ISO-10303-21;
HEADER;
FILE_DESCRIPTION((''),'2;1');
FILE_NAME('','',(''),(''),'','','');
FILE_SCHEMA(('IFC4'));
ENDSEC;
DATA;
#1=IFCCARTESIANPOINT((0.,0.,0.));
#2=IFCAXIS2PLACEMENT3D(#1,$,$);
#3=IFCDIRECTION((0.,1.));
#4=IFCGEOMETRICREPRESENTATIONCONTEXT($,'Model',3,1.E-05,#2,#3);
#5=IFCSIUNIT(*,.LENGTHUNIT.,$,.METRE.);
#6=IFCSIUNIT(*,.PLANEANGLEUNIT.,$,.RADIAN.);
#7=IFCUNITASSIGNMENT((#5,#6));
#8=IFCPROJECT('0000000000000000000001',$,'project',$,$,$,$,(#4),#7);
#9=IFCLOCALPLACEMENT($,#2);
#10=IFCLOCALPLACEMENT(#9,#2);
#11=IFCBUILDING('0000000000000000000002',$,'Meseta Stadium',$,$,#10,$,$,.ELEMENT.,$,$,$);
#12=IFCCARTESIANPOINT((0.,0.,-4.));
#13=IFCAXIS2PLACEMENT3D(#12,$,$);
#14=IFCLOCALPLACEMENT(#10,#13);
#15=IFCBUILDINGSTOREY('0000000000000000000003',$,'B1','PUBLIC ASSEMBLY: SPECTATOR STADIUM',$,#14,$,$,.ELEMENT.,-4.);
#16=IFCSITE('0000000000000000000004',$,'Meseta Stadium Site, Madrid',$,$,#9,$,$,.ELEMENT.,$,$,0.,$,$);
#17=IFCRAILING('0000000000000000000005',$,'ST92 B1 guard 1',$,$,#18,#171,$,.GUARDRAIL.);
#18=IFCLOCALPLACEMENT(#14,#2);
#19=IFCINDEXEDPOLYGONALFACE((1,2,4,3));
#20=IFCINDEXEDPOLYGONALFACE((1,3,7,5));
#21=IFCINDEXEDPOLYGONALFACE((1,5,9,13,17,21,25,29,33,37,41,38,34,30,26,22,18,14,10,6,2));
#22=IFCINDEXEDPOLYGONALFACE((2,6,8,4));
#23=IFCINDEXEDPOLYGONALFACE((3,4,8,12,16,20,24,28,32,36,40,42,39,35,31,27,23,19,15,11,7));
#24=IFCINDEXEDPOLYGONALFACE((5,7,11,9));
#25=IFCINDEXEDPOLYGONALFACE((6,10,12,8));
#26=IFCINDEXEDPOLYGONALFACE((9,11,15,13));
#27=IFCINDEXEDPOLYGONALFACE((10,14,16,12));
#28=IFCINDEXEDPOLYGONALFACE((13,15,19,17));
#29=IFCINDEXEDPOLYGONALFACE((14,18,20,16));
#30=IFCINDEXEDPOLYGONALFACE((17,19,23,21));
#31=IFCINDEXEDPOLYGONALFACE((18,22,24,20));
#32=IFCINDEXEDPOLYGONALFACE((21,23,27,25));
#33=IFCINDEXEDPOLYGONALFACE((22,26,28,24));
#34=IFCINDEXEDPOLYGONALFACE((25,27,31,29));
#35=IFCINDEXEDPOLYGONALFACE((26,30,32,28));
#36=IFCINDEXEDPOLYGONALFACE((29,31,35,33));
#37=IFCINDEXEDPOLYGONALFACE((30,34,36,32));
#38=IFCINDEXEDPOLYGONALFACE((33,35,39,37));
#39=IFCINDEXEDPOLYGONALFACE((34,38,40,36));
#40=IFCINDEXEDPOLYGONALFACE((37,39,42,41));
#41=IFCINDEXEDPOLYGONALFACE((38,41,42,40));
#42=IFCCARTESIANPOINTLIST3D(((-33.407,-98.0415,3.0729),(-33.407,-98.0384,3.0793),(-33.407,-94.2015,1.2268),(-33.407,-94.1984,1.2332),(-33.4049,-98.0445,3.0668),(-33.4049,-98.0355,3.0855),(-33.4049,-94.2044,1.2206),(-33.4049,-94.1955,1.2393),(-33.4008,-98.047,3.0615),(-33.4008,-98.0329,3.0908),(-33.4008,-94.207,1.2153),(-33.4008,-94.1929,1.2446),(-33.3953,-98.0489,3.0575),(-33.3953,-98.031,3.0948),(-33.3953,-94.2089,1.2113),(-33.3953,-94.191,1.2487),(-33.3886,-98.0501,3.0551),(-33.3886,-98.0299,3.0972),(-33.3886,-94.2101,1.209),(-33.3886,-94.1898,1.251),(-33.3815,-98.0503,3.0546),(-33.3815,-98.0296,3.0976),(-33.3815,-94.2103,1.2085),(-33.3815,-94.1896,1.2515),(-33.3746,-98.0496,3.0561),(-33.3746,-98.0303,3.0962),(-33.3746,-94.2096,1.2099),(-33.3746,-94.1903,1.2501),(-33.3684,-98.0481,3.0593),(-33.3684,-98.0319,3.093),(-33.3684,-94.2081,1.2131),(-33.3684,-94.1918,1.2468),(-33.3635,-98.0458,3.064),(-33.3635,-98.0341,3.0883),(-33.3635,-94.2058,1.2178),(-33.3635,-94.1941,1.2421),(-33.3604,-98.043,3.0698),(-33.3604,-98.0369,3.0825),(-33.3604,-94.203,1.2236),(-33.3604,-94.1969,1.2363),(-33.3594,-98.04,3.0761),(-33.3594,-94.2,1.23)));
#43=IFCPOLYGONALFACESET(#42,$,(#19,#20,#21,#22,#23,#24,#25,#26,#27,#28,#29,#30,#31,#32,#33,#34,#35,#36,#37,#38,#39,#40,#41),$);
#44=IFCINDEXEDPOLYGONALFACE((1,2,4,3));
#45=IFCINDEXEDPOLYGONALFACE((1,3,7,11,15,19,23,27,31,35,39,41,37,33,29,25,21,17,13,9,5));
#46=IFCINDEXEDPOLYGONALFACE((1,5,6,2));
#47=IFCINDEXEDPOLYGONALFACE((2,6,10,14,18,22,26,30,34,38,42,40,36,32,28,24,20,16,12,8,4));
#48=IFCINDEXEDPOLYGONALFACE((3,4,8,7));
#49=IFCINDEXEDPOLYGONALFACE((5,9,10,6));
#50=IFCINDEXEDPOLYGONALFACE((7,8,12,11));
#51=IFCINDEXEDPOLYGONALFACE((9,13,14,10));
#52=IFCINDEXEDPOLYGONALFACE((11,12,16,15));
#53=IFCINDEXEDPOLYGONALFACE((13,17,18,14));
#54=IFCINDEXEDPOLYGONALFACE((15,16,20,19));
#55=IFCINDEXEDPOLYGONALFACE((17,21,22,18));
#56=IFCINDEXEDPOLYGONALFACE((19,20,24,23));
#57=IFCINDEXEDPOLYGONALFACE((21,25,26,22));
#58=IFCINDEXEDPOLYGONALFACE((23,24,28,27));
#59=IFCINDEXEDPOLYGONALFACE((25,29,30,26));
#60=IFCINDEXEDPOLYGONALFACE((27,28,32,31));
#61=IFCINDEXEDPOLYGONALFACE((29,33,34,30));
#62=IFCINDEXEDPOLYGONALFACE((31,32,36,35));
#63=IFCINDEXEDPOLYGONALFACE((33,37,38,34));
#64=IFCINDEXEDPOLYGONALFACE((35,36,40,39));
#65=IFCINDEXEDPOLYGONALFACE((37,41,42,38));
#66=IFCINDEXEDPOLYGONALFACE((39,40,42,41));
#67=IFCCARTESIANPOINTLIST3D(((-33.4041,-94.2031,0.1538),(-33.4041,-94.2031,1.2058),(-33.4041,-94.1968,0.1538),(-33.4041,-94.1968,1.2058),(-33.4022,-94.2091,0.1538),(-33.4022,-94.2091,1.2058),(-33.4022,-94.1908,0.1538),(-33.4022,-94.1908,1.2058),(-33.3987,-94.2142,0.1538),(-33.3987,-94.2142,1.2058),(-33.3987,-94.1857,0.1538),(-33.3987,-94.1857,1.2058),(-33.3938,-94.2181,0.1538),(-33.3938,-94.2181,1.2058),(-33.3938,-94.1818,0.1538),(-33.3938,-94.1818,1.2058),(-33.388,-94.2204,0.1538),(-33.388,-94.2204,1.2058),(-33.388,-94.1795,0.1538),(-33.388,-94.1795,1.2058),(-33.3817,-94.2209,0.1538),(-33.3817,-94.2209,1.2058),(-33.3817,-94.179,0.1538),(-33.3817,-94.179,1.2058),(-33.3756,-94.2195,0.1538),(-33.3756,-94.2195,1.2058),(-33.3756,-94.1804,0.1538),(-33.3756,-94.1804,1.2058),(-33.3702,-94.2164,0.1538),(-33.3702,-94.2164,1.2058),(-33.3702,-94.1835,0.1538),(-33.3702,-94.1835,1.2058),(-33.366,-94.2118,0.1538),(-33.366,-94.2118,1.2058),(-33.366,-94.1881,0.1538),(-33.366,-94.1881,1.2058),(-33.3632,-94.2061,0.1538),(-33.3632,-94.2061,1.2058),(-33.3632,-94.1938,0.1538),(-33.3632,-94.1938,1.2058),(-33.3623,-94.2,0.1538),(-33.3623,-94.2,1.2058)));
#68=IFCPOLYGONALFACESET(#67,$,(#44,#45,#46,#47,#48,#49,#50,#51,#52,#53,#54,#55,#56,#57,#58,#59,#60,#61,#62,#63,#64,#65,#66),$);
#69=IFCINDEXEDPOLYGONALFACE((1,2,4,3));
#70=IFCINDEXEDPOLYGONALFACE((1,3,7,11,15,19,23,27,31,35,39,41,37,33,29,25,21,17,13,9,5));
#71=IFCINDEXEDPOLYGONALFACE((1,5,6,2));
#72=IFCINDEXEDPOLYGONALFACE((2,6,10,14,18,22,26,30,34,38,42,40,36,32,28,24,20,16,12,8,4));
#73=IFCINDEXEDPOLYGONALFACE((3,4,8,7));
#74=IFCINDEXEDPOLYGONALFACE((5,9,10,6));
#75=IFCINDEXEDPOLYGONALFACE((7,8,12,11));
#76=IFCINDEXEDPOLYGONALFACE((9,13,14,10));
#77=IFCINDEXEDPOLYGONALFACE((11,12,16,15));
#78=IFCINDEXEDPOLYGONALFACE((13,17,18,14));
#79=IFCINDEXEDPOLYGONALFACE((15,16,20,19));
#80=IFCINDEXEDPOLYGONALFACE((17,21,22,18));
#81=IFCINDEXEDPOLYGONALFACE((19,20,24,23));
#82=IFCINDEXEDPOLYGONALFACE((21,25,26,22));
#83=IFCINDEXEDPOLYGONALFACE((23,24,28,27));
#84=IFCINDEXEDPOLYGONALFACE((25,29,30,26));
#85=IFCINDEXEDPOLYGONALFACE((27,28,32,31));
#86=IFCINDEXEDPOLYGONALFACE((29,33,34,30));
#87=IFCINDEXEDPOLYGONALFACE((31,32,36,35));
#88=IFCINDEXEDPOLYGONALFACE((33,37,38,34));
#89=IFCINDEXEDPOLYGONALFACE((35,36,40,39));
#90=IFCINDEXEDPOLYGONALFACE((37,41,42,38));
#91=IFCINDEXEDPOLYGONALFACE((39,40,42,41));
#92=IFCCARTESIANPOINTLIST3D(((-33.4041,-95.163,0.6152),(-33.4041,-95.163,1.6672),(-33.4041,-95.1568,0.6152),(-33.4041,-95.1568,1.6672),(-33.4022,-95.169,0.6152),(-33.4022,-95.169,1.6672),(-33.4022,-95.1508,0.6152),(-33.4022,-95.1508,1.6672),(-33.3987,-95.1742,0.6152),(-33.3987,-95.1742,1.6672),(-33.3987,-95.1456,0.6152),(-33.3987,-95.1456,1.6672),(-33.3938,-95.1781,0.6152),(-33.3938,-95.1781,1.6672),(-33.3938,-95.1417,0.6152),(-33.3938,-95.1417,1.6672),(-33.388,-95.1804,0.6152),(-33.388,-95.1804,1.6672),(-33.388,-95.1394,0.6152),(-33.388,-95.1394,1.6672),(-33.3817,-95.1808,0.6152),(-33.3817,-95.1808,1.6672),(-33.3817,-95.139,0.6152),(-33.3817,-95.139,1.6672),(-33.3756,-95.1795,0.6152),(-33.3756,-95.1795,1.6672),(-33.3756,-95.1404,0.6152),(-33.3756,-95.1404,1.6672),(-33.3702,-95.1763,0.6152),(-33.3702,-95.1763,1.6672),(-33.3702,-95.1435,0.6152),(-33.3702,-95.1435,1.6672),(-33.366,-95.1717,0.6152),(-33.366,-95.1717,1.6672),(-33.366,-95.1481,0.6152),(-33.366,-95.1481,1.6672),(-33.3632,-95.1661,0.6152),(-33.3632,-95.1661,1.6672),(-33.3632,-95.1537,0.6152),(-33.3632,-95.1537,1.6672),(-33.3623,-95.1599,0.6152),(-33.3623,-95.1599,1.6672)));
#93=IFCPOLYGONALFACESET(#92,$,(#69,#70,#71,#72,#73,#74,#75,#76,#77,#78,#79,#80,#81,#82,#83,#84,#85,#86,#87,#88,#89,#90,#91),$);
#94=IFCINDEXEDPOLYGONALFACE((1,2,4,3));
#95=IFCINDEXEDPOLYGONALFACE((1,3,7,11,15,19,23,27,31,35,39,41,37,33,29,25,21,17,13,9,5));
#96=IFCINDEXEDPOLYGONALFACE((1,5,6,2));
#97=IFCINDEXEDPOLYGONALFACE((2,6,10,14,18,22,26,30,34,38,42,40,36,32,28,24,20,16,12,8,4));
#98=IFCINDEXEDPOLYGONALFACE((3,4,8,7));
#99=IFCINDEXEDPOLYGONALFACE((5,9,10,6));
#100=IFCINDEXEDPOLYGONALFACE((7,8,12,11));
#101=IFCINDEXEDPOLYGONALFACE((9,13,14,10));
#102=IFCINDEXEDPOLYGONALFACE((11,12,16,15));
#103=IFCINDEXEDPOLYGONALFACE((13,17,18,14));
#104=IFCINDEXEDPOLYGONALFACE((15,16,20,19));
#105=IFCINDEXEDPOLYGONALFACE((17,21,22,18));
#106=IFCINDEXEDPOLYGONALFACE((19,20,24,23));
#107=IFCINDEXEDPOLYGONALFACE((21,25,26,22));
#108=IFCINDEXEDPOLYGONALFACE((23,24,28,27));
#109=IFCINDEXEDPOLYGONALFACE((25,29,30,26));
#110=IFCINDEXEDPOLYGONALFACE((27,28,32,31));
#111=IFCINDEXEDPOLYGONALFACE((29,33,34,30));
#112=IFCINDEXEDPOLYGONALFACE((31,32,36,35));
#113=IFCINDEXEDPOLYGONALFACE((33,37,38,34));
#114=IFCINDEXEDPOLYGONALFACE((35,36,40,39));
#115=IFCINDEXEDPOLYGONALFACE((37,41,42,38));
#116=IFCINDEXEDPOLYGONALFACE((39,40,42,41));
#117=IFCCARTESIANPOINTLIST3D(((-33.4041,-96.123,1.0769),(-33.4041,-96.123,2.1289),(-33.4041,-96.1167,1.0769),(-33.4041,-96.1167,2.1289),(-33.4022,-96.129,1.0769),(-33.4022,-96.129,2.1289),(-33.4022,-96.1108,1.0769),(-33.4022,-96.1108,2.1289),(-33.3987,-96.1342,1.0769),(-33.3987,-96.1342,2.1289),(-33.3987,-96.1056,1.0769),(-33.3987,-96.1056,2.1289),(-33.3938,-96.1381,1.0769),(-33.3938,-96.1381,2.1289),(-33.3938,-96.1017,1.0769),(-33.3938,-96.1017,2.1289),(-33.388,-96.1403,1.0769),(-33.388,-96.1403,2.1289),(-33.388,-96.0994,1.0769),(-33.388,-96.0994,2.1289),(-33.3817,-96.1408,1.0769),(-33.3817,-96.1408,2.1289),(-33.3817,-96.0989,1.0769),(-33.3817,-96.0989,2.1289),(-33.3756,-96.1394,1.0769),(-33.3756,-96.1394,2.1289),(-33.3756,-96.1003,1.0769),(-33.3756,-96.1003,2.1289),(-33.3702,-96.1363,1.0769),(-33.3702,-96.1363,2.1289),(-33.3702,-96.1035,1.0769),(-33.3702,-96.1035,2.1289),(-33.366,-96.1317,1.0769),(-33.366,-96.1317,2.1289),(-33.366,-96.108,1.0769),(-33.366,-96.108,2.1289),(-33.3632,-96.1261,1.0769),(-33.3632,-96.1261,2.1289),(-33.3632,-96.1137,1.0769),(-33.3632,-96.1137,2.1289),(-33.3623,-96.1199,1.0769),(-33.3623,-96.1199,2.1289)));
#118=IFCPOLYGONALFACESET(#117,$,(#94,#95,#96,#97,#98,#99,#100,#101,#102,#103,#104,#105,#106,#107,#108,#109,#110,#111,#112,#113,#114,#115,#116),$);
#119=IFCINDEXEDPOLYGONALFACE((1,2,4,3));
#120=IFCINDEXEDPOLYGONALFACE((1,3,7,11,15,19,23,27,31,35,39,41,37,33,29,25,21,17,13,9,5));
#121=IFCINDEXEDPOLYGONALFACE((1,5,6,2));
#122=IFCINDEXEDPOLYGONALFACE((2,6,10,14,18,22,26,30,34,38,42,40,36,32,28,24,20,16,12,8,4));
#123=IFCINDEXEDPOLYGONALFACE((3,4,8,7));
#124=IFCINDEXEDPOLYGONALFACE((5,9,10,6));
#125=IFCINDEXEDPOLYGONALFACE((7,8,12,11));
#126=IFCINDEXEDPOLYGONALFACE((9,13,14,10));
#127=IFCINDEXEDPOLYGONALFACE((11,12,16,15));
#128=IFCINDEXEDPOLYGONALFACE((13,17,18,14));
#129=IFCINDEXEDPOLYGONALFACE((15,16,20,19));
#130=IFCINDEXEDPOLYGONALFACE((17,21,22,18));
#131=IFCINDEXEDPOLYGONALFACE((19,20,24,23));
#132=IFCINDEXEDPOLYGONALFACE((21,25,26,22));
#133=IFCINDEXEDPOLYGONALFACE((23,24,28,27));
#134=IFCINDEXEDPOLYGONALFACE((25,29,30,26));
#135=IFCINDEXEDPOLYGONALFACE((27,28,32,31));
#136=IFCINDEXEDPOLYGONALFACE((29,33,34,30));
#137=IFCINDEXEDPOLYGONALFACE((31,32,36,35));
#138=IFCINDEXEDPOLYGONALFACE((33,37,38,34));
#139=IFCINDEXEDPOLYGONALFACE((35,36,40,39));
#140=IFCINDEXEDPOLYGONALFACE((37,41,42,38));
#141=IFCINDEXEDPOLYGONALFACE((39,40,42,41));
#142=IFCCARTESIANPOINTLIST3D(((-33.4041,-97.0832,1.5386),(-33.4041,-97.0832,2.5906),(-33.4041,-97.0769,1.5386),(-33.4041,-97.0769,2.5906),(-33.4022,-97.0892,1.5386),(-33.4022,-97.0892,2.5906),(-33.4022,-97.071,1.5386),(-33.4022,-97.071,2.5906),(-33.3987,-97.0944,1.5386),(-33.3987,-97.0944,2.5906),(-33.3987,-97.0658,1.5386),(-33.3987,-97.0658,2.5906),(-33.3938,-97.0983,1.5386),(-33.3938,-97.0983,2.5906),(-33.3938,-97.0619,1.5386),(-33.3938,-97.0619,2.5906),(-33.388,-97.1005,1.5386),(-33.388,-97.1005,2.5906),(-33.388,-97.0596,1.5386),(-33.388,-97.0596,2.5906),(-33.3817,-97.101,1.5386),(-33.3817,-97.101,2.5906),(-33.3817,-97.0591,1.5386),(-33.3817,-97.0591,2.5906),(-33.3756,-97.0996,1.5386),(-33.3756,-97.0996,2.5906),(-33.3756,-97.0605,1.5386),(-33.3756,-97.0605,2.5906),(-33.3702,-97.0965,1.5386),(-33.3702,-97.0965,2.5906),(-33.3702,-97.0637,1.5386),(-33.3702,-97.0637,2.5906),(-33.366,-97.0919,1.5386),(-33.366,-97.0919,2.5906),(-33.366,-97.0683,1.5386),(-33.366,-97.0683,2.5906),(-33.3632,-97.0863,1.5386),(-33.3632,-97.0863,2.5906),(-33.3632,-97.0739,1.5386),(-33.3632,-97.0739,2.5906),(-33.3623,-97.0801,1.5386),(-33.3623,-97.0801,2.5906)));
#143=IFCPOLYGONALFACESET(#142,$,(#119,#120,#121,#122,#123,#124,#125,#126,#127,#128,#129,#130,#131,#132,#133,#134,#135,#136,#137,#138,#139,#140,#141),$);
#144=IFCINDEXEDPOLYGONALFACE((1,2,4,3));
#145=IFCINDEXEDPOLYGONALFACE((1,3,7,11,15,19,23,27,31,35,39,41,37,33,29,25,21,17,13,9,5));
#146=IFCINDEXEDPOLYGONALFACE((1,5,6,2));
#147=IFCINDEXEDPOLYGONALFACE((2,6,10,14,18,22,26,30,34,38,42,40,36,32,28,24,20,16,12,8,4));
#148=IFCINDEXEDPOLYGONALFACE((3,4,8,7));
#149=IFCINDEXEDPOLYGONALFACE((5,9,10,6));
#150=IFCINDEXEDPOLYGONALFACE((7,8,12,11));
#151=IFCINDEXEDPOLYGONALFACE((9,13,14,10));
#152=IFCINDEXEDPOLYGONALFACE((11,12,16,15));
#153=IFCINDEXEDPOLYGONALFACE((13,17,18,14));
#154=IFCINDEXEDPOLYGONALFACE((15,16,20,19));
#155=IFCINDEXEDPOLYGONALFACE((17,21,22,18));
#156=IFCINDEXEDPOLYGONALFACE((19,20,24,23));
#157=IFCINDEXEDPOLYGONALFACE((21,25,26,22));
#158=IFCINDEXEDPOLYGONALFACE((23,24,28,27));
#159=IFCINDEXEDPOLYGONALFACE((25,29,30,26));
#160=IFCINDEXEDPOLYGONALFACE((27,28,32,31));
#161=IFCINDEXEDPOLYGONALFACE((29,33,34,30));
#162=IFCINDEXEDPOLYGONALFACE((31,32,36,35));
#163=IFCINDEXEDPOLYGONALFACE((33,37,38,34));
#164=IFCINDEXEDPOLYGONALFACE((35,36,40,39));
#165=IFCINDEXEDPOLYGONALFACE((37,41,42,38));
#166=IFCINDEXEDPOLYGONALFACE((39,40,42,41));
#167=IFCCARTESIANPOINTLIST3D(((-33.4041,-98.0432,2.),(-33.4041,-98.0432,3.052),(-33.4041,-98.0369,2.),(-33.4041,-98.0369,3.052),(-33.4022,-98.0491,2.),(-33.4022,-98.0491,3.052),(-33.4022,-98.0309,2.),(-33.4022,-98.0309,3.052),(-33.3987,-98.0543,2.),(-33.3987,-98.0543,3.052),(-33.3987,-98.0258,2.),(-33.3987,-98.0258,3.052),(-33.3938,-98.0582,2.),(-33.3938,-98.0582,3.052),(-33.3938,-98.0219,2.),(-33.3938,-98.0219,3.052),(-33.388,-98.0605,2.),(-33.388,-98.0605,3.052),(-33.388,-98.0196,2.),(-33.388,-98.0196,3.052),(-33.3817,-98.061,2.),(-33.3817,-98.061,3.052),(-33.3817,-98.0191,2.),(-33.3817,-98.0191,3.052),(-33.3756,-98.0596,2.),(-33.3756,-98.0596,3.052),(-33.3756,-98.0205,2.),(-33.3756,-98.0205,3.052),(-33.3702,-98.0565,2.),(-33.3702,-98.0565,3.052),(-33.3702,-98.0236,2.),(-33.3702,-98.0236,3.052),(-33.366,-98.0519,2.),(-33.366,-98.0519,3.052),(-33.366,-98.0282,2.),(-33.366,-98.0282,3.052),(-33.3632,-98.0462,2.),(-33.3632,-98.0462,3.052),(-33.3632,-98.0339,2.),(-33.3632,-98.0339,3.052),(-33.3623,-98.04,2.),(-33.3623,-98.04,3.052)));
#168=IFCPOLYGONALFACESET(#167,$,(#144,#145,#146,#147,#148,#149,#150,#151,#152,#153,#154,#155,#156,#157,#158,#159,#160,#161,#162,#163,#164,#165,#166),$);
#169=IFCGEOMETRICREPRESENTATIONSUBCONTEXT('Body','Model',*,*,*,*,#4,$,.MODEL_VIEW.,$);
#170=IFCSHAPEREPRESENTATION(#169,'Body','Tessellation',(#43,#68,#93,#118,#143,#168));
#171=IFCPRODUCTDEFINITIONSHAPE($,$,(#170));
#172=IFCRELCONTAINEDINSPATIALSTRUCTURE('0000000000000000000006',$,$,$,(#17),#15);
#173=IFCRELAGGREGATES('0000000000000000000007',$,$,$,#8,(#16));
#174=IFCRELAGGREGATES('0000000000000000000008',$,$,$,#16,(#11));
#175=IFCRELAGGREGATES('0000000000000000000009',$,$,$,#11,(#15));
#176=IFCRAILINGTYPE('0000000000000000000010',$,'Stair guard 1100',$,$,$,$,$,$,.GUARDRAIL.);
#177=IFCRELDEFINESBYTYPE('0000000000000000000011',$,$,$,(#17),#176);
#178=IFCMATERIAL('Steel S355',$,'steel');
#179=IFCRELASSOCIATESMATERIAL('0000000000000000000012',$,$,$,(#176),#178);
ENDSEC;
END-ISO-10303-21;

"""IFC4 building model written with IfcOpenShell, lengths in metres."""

from ifc_helpers import new_model, si_unit, direction, frame, origin, origin_2d, place, context, subcontext, project, spatial, circle, extrude, material, type_object, element, save


model = new_model("IFC4")

# Units and contexts
model_context = context("Model", 3, precision=1e-05, world=origin(), true_north=direction((0.0, 1.0)))
body_context = subcontext(model_context, "Body", "Model", "MODEL_VIEW")
ifc_project = project(units=[si_unit("LENGTHUNIT", "METRE"), si_unit("PLANEANGLEUNIT", "RADIAN")], contexts=[model_context])

# Site, building, storey
site_placement = place(None, origin())
site = spatial("IfcSite", under=ifc_project, at=site_placement, Name="Meseta Stadium Site, Madrid", CompositionType="ELEMENT", RefElevation=0.0)
building_placement = place(site_placement, origin())
building = spatial("IfcBuilding", under=site, at=building_placement, Name="Meseta Stadium", CompositionType="ELEMENT")
storey_placement = place(building_placement, frame((0.0, 0.0, -4.0)))
storey = spatial("IfcBuildingStorey", under=building, at=storey_placement, Name="B1", Description="PUBLIC ASSEMBLY: SPECTATOR STADIUM", CompositionType="ELEMENT", Elevation=-4.0)

# Railing
ifc_material_1 = material(Name="Steel S355", Category="steel")
railing_type_1 = type_object("IfcRailingType", Name="Stair guard 1100", PredefinedType="GUARDRAIL", material=ifc_material_1)
railing_1_placement = place(storey_placement, frame((-33.3833, -94.2, 0.1538)))
element("IfcRailing", 1, at=railing_1_placement, inside=storey, type_object=railing_type_1, Name="ST92 B1 guard 1", PredefinedType="GUARDRAIL", context=body_context, shape_type="SweptSolid", body=[
    extrude(circle(Radius=0.0239, at=origin_2d()), frame((0.0, 0.0, 1.0762), z_axis=(0.0, -0.901253, 0.433294), x_axis=(1.0, 0.0, 0.0)), (0.0, 0.0, 1.0), 4.2607),
    extrude(circle(Radius=0.021, at=origin_2d()), origin(), (0.0, 0.0, 1.0), 1.052),
    extrude(circle(Radius=0.021, at=origin_2d()), frame((0.0, -0.96, 0.4614)), (0.0, 0.0, 1.0), 1.052),
    extrude(circle(Radius=0.021, at=origin_2d()), frame((0.0, -1.9199, 0.9231)), (0.0, 0.0, 1.0), 1.052),
    extrude(circle(Radius=0.021, at=origin_2d()), frame((0.0, -2.8801, 1.3848)), (0.0, 0.0, 1.0), 1.052),
    extrude(circle(Radius=0.021, at=origin_2d()), frame((0.0, -3.8401, 1.8462)), (0.0, 0.0, 1.0), 1.052),
])

save(model, "model.ifc")
